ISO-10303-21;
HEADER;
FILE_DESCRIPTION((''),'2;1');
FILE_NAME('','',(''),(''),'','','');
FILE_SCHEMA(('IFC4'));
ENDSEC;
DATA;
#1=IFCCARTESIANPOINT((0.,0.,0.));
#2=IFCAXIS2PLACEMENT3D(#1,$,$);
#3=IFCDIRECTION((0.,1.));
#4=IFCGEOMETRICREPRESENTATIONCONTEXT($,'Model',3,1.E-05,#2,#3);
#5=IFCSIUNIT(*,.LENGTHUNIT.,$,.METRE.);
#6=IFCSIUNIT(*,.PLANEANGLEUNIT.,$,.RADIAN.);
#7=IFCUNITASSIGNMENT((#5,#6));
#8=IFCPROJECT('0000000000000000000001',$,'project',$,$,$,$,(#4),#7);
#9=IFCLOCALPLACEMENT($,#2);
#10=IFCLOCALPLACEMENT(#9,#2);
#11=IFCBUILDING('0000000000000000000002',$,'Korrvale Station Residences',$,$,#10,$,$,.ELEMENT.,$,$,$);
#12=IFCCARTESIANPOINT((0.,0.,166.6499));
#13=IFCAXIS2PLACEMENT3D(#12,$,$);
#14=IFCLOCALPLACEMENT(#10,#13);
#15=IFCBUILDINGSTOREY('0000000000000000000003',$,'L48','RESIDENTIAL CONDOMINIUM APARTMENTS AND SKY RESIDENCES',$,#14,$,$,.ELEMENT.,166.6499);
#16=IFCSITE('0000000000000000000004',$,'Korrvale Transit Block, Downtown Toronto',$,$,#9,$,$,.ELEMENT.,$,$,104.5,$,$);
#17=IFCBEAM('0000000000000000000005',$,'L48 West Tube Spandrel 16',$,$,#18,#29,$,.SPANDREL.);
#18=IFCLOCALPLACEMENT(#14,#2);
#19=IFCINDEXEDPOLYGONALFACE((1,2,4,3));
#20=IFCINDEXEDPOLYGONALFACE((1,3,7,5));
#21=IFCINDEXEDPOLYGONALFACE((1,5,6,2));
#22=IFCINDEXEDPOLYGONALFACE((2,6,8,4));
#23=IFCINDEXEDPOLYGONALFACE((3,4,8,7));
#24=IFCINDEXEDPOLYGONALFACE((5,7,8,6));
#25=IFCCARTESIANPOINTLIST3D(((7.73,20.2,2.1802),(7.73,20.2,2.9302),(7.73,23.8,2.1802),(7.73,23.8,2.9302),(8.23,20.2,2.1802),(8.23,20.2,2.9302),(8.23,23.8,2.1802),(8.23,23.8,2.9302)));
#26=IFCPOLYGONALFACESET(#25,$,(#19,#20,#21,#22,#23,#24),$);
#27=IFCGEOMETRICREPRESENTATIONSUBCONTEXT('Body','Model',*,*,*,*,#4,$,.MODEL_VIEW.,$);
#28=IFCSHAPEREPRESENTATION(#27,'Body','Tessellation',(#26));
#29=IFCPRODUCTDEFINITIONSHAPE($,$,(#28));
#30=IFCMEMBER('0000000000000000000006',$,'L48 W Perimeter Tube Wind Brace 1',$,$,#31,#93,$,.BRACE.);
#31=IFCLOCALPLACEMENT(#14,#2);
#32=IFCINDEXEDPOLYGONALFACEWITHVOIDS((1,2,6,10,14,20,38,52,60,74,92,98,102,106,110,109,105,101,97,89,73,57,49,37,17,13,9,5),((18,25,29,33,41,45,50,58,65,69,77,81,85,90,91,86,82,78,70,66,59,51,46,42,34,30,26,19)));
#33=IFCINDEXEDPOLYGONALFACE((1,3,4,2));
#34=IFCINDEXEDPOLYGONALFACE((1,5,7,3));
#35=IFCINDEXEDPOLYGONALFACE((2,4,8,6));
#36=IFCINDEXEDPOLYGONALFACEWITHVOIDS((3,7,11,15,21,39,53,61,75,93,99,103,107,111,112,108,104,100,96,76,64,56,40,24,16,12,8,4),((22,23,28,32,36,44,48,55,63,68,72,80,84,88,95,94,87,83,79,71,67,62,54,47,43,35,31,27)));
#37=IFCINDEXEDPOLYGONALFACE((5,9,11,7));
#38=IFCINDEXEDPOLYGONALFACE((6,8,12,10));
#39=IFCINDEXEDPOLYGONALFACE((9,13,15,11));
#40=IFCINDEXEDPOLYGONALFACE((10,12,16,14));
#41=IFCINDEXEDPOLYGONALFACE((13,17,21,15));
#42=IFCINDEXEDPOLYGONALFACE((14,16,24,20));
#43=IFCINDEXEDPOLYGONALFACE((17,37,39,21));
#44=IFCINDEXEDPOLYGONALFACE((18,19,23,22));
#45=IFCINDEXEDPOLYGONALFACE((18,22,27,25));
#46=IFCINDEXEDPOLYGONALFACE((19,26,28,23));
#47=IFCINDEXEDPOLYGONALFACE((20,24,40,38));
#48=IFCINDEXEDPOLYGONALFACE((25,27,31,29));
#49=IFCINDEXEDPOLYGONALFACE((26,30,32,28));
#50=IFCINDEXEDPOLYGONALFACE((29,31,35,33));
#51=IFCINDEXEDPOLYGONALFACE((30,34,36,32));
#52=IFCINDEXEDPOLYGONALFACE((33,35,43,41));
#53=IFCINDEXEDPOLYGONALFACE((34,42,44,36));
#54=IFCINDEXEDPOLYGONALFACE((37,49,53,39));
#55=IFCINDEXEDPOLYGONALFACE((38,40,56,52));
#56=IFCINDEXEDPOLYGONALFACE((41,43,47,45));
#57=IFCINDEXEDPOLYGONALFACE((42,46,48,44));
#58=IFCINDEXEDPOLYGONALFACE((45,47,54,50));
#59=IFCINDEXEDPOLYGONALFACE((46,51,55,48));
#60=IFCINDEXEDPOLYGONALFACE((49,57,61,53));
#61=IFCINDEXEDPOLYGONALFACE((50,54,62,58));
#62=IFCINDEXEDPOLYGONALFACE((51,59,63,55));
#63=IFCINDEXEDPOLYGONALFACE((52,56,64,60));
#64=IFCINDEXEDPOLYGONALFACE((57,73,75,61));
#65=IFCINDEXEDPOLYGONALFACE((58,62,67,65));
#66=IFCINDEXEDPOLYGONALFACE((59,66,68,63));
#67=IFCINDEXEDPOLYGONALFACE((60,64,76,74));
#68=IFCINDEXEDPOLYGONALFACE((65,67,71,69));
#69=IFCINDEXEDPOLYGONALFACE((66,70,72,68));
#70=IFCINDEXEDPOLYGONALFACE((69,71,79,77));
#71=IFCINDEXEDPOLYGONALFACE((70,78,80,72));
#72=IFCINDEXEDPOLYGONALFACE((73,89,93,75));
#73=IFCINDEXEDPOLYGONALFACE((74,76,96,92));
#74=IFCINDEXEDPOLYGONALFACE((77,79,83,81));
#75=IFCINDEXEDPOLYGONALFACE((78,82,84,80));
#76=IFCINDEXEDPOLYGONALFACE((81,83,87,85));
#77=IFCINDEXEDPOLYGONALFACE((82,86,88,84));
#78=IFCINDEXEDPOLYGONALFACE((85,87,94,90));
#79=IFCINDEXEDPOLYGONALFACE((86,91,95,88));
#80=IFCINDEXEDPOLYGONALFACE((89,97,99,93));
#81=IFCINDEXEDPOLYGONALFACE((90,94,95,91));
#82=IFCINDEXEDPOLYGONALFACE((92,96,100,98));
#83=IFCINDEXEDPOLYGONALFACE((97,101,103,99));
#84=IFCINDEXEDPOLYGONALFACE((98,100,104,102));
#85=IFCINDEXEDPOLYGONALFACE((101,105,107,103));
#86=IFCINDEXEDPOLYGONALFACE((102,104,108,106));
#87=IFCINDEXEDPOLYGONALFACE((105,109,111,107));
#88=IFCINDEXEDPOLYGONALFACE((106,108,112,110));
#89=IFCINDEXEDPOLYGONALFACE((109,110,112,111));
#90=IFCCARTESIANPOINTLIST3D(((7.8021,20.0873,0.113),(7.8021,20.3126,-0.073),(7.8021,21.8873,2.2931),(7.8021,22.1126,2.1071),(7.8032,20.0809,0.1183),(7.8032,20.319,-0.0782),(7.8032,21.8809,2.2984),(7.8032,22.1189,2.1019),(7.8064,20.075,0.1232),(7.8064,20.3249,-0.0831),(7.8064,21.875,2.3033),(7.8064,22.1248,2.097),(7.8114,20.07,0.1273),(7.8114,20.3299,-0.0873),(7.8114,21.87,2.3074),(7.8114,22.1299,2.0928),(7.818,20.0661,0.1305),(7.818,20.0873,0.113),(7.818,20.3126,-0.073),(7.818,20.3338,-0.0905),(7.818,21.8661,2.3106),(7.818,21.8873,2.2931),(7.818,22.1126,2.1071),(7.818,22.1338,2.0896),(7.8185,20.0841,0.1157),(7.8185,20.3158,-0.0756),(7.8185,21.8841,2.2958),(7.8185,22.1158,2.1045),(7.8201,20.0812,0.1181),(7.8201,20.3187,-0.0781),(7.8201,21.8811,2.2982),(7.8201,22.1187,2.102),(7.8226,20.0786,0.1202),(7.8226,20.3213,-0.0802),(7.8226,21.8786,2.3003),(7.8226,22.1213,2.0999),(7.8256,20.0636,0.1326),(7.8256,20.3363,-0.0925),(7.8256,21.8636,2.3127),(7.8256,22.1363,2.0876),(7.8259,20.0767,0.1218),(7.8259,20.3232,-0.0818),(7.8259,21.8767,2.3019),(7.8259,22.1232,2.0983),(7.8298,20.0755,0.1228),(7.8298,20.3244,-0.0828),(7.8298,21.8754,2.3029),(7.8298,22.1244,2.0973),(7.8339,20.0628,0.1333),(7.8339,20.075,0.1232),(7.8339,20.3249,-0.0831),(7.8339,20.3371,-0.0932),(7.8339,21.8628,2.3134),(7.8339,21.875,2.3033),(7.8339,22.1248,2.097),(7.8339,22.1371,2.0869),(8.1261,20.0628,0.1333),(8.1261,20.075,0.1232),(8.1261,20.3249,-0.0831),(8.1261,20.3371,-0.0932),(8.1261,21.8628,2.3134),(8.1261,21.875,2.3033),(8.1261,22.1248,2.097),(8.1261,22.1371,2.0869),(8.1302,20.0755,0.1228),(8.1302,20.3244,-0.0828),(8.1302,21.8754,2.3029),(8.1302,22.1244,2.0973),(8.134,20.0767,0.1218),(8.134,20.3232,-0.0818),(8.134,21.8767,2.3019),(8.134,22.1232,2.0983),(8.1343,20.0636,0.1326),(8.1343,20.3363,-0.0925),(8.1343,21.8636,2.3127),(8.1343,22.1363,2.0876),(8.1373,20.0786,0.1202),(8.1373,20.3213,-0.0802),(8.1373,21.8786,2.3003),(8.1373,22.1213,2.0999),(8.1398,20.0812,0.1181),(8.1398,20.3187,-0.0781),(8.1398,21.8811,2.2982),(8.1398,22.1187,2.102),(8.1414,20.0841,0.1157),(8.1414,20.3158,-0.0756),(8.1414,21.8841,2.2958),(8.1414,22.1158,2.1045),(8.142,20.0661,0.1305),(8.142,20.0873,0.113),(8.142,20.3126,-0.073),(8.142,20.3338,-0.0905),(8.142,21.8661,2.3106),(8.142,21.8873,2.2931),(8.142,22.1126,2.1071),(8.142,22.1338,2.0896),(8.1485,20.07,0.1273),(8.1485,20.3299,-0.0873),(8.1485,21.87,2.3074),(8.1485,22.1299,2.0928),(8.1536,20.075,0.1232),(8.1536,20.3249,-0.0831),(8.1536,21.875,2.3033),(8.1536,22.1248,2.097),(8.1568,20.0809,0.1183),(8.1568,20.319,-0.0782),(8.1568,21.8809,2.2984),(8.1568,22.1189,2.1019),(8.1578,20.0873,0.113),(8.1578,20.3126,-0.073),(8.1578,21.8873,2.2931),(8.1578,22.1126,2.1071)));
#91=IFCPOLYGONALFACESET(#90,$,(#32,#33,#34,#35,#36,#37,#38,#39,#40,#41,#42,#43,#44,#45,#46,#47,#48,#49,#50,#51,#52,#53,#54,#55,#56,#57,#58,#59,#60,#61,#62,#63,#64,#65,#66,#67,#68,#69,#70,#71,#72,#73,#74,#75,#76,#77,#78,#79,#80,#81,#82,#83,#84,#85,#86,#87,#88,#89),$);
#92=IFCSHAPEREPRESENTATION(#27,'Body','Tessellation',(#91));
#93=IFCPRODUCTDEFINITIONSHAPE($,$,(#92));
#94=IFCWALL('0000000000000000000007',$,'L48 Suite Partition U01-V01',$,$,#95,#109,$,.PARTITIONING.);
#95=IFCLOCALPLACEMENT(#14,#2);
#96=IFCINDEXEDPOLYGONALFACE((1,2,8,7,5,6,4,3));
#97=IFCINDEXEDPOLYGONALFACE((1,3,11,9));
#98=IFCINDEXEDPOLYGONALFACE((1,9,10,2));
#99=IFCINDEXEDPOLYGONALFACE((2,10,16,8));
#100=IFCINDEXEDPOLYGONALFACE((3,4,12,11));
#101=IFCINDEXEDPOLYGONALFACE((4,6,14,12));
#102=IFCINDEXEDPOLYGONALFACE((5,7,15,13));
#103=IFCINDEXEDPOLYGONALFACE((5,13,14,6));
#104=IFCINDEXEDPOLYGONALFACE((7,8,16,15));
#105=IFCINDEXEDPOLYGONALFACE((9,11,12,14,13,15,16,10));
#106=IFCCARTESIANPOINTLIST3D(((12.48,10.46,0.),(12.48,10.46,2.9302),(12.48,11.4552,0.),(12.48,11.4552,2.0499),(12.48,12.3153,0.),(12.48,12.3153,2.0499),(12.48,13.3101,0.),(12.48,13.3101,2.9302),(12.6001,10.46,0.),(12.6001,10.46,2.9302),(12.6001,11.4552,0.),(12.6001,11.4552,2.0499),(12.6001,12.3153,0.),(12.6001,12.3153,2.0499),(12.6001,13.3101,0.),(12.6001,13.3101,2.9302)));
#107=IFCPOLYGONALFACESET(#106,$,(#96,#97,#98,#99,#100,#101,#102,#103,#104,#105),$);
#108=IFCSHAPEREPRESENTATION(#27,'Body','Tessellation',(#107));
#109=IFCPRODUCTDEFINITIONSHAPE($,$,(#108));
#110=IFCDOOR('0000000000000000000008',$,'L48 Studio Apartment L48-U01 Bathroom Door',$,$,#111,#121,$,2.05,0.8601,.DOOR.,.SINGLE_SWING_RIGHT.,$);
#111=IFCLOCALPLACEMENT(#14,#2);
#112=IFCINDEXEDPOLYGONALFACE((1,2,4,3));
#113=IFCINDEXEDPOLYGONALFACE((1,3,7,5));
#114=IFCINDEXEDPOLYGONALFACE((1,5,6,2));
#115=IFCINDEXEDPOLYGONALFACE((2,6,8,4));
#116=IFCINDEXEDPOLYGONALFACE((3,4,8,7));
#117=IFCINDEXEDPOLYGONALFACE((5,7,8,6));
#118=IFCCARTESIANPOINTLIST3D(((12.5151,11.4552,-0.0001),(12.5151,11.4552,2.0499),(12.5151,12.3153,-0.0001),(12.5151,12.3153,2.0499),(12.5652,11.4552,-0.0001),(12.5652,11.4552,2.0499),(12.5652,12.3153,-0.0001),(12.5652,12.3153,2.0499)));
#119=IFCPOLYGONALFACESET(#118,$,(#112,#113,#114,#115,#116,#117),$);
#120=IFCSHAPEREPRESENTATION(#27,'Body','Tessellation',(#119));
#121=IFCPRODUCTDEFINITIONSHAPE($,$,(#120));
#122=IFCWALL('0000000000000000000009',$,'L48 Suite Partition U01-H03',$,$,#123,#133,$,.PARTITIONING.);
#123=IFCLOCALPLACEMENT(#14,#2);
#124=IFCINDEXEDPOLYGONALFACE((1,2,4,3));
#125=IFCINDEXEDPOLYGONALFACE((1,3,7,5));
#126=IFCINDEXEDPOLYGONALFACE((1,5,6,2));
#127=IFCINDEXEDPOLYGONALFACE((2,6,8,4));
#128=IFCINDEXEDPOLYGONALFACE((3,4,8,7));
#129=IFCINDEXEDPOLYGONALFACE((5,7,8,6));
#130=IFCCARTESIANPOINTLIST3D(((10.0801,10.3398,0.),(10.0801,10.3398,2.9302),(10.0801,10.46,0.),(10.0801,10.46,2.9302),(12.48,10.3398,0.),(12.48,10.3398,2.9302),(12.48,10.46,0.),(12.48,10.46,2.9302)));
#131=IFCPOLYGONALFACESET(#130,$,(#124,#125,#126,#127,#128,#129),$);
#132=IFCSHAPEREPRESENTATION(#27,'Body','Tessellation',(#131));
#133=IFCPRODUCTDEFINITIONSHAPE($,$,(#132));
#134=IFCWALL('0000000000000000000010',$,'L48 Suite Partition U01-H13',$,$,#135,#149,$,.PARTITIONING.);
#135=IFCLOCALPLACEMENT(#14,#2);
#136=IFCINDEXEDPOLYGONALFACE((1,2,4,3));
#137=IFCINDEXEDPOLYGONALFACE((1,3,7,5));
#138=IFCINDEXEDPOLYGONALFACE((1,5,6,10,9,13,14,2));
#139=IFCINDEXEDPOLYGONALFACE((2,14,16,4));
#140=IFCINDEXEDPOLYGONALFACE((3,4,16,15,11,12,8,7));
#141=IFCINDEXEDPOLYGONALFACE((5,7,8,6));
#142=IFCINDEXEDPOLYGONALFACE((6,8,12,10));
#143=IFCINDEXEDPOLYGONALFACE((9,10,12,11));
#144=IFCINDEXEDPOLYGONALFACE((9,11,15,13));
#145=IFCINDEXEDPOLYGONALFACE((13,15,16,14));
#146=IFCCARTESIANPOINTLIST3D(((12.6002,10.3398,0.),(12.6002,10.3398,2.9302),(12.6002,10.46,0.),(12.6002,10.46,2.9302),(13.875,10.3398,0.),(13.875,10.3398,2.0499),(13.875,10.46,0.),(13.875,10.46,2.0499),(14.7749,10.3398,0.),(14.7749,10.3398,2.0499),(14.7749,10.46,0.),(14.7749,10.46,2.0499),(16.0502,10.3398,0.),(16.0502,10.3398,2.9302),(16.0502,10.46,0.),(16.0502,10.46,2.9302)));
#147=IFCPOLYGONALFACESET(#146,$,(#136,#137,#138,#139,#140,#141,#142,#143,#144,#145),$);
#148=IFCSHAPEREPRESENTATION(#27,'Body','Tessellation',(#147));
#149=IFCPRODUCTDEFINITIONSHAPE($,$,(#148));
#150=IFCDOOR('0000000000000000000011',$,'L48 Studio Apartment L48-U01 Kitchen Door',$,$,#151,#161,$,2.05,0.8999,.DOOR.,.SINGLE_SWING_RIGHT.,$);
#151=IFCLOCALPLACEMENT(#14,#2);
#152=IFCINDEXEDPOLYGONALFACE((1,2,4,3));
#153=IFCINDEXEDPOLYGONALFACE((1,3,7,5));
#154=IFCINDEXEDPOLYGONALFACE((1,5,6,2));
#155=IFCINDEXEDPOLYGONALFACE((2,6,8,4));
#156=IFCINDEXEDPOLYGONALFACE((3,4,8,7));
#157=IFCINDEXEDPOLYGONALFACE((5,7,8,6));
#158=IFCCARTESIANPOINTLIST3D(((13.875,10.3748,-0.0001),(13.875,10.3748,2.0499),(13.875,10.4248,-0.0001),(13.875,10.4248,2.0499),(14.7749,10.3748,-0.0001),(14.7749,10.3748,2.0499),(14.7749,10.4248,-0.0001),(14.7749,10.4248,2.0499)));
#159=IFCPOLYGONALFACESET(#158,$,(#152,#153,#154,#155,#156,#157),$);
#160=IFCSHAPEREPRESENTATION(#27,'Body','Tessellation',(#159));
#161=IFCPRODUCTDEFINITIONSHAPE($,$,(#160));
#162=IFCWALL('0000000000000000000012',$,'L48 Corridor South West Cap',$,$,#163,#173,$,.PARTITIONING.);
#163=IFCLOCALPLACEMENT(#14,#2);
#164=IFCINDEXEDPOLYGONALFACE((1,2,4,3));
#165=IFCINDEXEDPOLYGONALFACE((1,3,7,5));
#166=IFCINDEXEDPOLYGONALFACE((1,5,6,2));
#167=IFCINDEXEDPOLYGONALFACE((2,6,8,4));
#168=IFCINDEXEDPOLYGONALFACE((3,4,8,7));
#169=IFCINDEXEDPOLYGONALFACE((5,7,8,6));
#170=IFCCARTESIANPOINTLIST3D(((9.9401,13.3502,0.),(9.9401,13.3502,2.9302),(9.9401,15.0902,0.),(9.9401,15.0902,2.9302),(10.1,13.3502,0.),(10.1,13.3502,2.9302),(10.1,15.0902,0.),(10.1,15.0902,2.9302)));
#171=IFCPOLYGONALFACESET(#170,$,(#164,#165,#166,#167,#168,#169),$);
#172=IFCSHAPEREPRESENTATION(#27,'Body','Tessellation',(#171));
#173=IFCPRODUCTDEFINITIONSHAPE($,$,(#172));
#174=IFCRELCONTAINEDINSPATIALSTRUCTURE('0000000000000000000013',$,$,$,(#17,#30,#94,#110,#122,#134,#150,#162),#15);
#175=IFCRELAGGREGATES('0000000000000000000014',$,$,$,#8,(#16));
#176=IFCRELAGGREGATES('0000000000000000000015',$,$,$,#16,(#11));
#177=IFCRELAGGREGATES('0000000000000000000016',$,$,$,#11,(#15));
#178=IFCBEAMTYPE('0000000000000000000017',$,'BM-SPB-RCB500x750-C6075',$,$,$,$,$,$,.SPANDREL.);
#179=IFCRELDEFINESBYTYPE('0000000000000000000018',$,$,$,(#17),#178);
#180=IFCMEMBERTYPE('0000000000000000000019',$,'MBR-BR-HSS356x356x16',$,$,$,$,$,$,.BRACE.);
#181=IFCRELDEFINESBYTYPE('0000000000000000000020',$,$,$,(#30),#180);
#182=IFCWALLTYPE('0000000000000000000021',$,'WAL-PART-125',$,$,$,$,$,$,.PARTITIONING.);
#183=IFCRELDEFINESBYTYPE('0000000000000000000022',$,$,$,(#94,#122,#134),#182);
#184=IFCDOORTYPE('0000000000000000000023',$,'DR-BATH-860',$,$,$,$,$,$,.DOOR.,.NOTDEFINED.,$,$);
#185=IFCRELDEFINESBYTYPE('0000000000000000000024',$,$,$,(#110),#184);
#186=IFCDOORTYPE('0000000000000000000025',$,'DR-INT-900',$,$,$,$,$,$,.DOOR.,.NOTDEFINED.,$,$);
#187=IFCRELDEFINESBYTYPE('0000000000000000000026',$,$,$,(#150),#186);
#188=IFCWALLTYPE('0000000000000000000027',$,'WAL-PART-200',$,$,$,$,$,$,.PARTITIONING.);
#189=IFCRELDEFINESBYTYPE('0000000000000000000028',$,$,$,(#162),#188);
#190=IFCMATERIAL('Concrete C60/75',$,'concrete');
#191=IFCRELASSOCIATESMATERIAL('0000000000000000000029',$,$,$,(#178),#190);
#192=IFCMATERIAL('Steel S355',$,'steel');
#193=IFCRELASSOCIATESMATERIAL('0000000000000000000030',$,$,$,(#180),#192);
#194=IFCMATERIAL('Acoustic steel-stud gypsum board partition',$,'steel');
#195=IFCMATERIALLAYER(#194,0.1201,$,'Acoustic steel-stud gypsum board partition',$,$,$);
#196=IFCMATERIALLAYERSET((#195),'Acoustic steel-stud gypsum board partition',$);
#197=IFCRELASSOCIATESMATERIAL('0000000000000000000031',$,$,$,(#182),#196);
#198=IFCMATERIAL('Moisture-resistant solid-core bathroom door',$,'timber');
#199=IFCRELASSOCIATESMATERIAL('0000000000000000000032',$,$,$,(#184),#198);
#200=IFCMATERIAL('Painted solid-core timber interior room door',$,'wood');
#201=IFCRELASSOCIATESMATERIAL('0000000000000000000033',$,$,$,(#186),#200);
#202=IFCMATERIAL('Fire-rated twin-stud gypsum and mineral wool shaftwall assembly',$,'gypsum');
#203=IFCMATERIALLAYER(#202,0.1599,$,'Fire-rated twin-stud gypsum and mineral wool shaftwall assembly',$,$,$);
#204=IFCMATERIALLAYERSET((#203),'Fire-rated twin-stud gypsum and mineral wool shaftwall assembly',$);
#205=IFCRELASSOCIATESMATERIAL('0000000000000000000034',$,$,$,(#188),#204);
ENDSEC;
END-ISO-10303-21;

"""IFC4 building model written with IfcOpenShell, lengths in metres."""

from ifc_helpers import new_model, si_unit, direction, frame, frame_2d, origin, origin_2d, place, context, subcontext, project, spatial, rectangle, hollow_rectangle, extrude, material, layer, layer_set, material_profile, profile_set, type_object, element, fill, save


model = new_model("IFC4")

# Units and contexts
model_context = context("Model", 3, precision=1e-05, world=origin(), true_north=direction((0.0, 1.0)))
body_context = subcontext(model_context, "Body", "Model", "MODEL_VIEW")
ifc_project = project(units=[si_unit("LENGTHUNIT", "METRE"), si_unit("PLANEANGLEUNIT", "RADIAN")], contexts=[model_context])

# Site, building, storey
site_placement = place(None, origin())
site = spatial("IfcSite", under=ifc_project, at=site_placement, Name="Korrvale Transit Block, Downtown Toronto", CompositionType="ELEMENT", RefElevation=104.5)
building_placement = place(site_placement, origin())
building = spatial("IfcBuilding", under=site, at=building_placement, Name="Korrvale Station Residences", CompositionType="ELEMENT")
storey_placement = place(building_placement, frame((0.0, 0.0, 166.6499)))
storey = spatial("IfcBuildingStorey", under=building, at=storey_placement, Name="L48", Description="RESIDENTIAL CONDOMINIUM APARTMENTS AND SKY RESIDENCES", CompositionType="ELEMENT", Elevation=166.6499)

# Shared definitions
ifc_material_1 = material(Name="Concrete C60/75", Category="concrete")

# Beam
ifc_material_2 = material(Name="Steel S355", Category="steel")
ifc_material_profile_1 = material_profile(ifc_material_1, rectangle(XDim=0.5, YDim=0.75, at=origin_2d()), Name="RCB500x750")
ifc_profile_set_1 = profile_set([ifc_material_profile_1], Name="Concrete C60/75")
beam_type_1 = type_object("IfcBeamType", Name="BM-SPB-RCB500x750-C6075", PredefinedType="SPANDREL", material=ifc_profile_set_1)
beam_1_placement = place(storey_placement, frame((7.98, 20.2, 2.5552), z_axis=(0.0, 1.0, 0.0), x_axis=(-1.0, 0.0, 0.0)))
element("IfcBeam", 1, at=beam_1_placement, inside=storey, type_object=beam_type_1, Name="L48 West Tube Spandrel 16", PredefinedType="SPANDREL", context=body_context, shape_type="SweptSolid", body=[
    extrude(rectangle(XDim=0.5, YDim=0.75, at=origin_2d()), origin(), (0.0, 0.0, 1.0), 3.6001),
])

# Member
ifc_material_profile_2 = material_profile(ifc_material_2, hollow_rectangle(XDim=0.3557, YDim=0.3557, WallThickness=0.0159, InnerFilletRadius=0.0159, OuterFilletRadius=0.0317, at=origin_2d()), Name="HSS356x356x16")
ifc_profile_set_2 = profile_set([ifc_material_profile_2], Name="Steel S355")
member_type = type_object("IfcMemberType", Name="MBR-BR-HSS356x356x16", PredefinedType="BRACE", material=ifc_profile_set_2)
member_placement = place(storey_placement, frame((7.98, 20.2, 0.02), z_axis=(0.0, 0.636678, 0.771129), x_axis=(-1.0, 0.0, 0.0)))
element("IfcMember", 2, at=member_placement, inside=storey, type_object=member_type, Name="L48 W Perimeter Tube Wind Brace 1", PredefinedType="BRACE", context=body_context, shape_type="SweptSolid", body=[
    extrude(hollow_rectangle(XDim=0.3557, YDim=0.3557, WallThickness=0.0159, InnerFilletRadius=0.0159, OuterFilletRadius=0.0317, at=origin_2d()), origin(), (0.0, 0.0, 1.0), 2.8271),
])

# Wall, opening, door
ifc_material_3 = material(Name="Acoustic steel-stud gypsum board partition", Category="steel")
ifc_layer_1 = layer(ifc_material_3, 0.1201, Name="Acoustic steel-stud gypsum board partition")
ifc_layer_set_1 = layer_set([ifc_layer_1], Name="Acoustic steel-stud gypsum board partition")
wall_type_1 = type_object("IfcWallType", Name="WAL-PART-125", PredefinedType="PARTITIONING", material=ifc_layer_set_1)
wall_1_placement = place(storey_placement, frame((12.54, 10.46, 0.0), z_axis=(0.0, 0.0, 1.0), x_axis=(0.0, 1.0, 0.0)))
wall_1 = element("IfcWall", 3, at=wall_1_placement, inside=storey, type_object=wall_type_1, Name="L48 Suite Partition U01-V01", PredefinedType="PARTITIONING", context=body_context, shape_type="SweptSolid", body=[
    extrude(rectangle(XDim=2.8501, YDim=0.1201, at=frame_2d((1.425, 0.0))), origin(), (0.0, 0.0, 1.0), 2.9302),
])
opening_1_placement = place(wall_1_placement, frame((0.9951, 0.0, 0.0)))
opening_1 = element("IfcOpeningElement", 4, at=opening_1_placement, cuts=wall_1, PredefinedType="OPENING", context=body_context, shape_type="SweptSolid", body=[
    extrude(rectangle(XDim=0.8601, YDim=2.05, at=frame_2d((0.4302, 1.0249))), frame((0.0, 0.0701, 0.0), z_axis=(0.0, -1.0, 0.0), x_axis=(1.0, 0.0, 0.0)), (0.0, 0.0, 1.0), 0.1401),
])
ifc_material_4 = material(Name="Moisture-resistant solid-core bathroom door", Category="timber")
door_type_1 = type_object("IfcDoorType", Name="DR-BATH-860", OperationType="NOTDEFINED", PredefinedType="DOOR", material=ifc_material_4)
door_1_placement = place(opening_1_placement, origin())
door_1 = element("IfcDoor", 5, at=door_1_placement, inside=storey, type_object=door_type_1, Name="L48 Studio Apartment L48-U01 Bathroom Door", OperationType="SINGLE_SWING_RIGHT", OverallHeight=2.05, OverallWidth=0.8601, PredefinedType="DOOR", context=body_context, shape_type="SweptSolid", body=[
    extrude(rectangle(XDim=0.8601, YDim=2.05, at=frame_2d((0.4302, 1.0249))), frame((0.0, 0.0249, 0.0), z_axis=(0.0, -1.0, 0.0), x_axis=(1.0, 0.0, 0.0)), (0.0, 0.0, 1.0), 0.05),
])
fill(opening_1, door_1)

# Wall
wall_2_placement = place(storey_placement, frame((10.0801, 10.3999, 0.0), z_axis=(0.0, 0.0, 1.0), x_axis=(1.0, 0.0, 0.0)))
element("IfcWall", 6, at=wall_2_placement, inside=storey, type_object=wall_type_1, Name="L48 Suite Partition U01-H03", PredefinedType="PARTITIONING", context=body_context, shape_type="SweptSolid", body=[
    extrude(rectangle(XDim=2.3999, YDim=0.1201, at=frame_2d((1.2, 0.0))), origin(), (0.0, 0.0, 1.0), 2.9302),
])

# Wall, opening, door
wall_3_placement = place(storey_placement, frame((12.6001, 10.3999, 0.0), z_axis=(0.0, 0.0, 1.0), x_axis=(1.0, 0.0, 0.0)))
wall_3 = element("IfcWall", 7, at=wall_3_placement, inside=storey, type_object=wall_type_1, Name="L48 Suite Partition U01-H13", PredefinedType="PARTITIONING", context=body_context, shape_type="SweptSolid", body=[
    extrude(rectangle(XDim=3.45, YDim=0.1201, at=frame_2d((1.7251, 0.0))), origin(), (0.0, 0.0, 1.0), 2.9302),
])
opening_2_placement = place(wall_3_placement, frame((1.2749, 0.0, 0.0)))
opening_2 = element("IfcOpeningElement", 8, at=opening_2_placement, cuts=wall_3, PredefinedType="OPENING", context=body_context, shape_type="SweptSolid", body=[
    extrude(rectangle(XDim=0.8999, YDim=2.05, at=frame_2d((0.45, 1.0249))), frame((0.0, 0.0701, 0.0), z_axis=(0.0, -1.0, 0.0), x_axis=(1.0, 0.0, 0.0)), (0.0, 0.0, 1.0), 0.1401),
])
ifc_material_5 = material(Name="Painted solid-core timber interior room door", Category="wood")
door_type_2 = type_object("IfcDoorType", Name="DR-INT-900", OperationType="NOTDEFINED", PredefinedType="DOOR", material=ifc_material_5)
door_2_placement = place(opening_2_placement, origin())
door_2 = element("IfcDoor", 9, at=door_2_placement, inside=storey, type_object=door_type_2, Name="L48 Studio Apartment L48-U01 Kitchen Door", OperationType="SINGLE_SWING_RIGHT", OverallHeight=2.05, OverallWidth=0.8999, PredefinedType="DOOR", context=body_context, shape_type="SweptSolid", body=[
    extrude(rectangle(XDim=0.8999, YDim=2.05, at=frame_2d((0.45, 1.0249))), frame((0.0, 0.0249, 0.0), z_axis=(0.0, -1.0, 0.0), x_axis=(1.0, 0.0, 0.0)), (0.0, 0.0, 1.0), 0.05),
])
fill(opening_2, door_2)

# Wall
ifc_material_6 = material(Name="Fire-rated twin-stud gypsum and mineral wool shaftwall assembly", Category="gypsum")
ifc_layer_2 = layer(ifc_material_6, 0.1599, Name="Fire-rated twin-stud gypsum and mineral wool shaftwall assembly")
ifc_layer_set_2 = layer_set([ifc_layer_2], Name="Fire-rated twin-stud gypsum and mineral wool shaftwall assembly")
wall_type_2 = type_object("IfcWallType", Name="WAL-PART-200", PredefinedType="PARTITIONING", material=ifc_layer_set_2)
wall_4_placement = place(storey_placement, frame((10.02, 13.3501, 0.0), z_axis=(0.0, 0.0, 1.0), x_axis=(0.0, 1.0, 0.0)))
element("IfcWall", 10, at=wall_4_placement, inside=storey, type_object=wall_type_2, Name="L48 Corridor South West Cap", PredefinedType="PARTITIONING", context=body_context, shape_type="SweptSolid", body=[
    extrude(rectangle(XDim=1.74, YDim=0.1599, at=frame_2d((0.8701, 0.0))), origin(), (0.0, 0.0, 1.0), 2.9302),
])

save(model, "model.ifc")
